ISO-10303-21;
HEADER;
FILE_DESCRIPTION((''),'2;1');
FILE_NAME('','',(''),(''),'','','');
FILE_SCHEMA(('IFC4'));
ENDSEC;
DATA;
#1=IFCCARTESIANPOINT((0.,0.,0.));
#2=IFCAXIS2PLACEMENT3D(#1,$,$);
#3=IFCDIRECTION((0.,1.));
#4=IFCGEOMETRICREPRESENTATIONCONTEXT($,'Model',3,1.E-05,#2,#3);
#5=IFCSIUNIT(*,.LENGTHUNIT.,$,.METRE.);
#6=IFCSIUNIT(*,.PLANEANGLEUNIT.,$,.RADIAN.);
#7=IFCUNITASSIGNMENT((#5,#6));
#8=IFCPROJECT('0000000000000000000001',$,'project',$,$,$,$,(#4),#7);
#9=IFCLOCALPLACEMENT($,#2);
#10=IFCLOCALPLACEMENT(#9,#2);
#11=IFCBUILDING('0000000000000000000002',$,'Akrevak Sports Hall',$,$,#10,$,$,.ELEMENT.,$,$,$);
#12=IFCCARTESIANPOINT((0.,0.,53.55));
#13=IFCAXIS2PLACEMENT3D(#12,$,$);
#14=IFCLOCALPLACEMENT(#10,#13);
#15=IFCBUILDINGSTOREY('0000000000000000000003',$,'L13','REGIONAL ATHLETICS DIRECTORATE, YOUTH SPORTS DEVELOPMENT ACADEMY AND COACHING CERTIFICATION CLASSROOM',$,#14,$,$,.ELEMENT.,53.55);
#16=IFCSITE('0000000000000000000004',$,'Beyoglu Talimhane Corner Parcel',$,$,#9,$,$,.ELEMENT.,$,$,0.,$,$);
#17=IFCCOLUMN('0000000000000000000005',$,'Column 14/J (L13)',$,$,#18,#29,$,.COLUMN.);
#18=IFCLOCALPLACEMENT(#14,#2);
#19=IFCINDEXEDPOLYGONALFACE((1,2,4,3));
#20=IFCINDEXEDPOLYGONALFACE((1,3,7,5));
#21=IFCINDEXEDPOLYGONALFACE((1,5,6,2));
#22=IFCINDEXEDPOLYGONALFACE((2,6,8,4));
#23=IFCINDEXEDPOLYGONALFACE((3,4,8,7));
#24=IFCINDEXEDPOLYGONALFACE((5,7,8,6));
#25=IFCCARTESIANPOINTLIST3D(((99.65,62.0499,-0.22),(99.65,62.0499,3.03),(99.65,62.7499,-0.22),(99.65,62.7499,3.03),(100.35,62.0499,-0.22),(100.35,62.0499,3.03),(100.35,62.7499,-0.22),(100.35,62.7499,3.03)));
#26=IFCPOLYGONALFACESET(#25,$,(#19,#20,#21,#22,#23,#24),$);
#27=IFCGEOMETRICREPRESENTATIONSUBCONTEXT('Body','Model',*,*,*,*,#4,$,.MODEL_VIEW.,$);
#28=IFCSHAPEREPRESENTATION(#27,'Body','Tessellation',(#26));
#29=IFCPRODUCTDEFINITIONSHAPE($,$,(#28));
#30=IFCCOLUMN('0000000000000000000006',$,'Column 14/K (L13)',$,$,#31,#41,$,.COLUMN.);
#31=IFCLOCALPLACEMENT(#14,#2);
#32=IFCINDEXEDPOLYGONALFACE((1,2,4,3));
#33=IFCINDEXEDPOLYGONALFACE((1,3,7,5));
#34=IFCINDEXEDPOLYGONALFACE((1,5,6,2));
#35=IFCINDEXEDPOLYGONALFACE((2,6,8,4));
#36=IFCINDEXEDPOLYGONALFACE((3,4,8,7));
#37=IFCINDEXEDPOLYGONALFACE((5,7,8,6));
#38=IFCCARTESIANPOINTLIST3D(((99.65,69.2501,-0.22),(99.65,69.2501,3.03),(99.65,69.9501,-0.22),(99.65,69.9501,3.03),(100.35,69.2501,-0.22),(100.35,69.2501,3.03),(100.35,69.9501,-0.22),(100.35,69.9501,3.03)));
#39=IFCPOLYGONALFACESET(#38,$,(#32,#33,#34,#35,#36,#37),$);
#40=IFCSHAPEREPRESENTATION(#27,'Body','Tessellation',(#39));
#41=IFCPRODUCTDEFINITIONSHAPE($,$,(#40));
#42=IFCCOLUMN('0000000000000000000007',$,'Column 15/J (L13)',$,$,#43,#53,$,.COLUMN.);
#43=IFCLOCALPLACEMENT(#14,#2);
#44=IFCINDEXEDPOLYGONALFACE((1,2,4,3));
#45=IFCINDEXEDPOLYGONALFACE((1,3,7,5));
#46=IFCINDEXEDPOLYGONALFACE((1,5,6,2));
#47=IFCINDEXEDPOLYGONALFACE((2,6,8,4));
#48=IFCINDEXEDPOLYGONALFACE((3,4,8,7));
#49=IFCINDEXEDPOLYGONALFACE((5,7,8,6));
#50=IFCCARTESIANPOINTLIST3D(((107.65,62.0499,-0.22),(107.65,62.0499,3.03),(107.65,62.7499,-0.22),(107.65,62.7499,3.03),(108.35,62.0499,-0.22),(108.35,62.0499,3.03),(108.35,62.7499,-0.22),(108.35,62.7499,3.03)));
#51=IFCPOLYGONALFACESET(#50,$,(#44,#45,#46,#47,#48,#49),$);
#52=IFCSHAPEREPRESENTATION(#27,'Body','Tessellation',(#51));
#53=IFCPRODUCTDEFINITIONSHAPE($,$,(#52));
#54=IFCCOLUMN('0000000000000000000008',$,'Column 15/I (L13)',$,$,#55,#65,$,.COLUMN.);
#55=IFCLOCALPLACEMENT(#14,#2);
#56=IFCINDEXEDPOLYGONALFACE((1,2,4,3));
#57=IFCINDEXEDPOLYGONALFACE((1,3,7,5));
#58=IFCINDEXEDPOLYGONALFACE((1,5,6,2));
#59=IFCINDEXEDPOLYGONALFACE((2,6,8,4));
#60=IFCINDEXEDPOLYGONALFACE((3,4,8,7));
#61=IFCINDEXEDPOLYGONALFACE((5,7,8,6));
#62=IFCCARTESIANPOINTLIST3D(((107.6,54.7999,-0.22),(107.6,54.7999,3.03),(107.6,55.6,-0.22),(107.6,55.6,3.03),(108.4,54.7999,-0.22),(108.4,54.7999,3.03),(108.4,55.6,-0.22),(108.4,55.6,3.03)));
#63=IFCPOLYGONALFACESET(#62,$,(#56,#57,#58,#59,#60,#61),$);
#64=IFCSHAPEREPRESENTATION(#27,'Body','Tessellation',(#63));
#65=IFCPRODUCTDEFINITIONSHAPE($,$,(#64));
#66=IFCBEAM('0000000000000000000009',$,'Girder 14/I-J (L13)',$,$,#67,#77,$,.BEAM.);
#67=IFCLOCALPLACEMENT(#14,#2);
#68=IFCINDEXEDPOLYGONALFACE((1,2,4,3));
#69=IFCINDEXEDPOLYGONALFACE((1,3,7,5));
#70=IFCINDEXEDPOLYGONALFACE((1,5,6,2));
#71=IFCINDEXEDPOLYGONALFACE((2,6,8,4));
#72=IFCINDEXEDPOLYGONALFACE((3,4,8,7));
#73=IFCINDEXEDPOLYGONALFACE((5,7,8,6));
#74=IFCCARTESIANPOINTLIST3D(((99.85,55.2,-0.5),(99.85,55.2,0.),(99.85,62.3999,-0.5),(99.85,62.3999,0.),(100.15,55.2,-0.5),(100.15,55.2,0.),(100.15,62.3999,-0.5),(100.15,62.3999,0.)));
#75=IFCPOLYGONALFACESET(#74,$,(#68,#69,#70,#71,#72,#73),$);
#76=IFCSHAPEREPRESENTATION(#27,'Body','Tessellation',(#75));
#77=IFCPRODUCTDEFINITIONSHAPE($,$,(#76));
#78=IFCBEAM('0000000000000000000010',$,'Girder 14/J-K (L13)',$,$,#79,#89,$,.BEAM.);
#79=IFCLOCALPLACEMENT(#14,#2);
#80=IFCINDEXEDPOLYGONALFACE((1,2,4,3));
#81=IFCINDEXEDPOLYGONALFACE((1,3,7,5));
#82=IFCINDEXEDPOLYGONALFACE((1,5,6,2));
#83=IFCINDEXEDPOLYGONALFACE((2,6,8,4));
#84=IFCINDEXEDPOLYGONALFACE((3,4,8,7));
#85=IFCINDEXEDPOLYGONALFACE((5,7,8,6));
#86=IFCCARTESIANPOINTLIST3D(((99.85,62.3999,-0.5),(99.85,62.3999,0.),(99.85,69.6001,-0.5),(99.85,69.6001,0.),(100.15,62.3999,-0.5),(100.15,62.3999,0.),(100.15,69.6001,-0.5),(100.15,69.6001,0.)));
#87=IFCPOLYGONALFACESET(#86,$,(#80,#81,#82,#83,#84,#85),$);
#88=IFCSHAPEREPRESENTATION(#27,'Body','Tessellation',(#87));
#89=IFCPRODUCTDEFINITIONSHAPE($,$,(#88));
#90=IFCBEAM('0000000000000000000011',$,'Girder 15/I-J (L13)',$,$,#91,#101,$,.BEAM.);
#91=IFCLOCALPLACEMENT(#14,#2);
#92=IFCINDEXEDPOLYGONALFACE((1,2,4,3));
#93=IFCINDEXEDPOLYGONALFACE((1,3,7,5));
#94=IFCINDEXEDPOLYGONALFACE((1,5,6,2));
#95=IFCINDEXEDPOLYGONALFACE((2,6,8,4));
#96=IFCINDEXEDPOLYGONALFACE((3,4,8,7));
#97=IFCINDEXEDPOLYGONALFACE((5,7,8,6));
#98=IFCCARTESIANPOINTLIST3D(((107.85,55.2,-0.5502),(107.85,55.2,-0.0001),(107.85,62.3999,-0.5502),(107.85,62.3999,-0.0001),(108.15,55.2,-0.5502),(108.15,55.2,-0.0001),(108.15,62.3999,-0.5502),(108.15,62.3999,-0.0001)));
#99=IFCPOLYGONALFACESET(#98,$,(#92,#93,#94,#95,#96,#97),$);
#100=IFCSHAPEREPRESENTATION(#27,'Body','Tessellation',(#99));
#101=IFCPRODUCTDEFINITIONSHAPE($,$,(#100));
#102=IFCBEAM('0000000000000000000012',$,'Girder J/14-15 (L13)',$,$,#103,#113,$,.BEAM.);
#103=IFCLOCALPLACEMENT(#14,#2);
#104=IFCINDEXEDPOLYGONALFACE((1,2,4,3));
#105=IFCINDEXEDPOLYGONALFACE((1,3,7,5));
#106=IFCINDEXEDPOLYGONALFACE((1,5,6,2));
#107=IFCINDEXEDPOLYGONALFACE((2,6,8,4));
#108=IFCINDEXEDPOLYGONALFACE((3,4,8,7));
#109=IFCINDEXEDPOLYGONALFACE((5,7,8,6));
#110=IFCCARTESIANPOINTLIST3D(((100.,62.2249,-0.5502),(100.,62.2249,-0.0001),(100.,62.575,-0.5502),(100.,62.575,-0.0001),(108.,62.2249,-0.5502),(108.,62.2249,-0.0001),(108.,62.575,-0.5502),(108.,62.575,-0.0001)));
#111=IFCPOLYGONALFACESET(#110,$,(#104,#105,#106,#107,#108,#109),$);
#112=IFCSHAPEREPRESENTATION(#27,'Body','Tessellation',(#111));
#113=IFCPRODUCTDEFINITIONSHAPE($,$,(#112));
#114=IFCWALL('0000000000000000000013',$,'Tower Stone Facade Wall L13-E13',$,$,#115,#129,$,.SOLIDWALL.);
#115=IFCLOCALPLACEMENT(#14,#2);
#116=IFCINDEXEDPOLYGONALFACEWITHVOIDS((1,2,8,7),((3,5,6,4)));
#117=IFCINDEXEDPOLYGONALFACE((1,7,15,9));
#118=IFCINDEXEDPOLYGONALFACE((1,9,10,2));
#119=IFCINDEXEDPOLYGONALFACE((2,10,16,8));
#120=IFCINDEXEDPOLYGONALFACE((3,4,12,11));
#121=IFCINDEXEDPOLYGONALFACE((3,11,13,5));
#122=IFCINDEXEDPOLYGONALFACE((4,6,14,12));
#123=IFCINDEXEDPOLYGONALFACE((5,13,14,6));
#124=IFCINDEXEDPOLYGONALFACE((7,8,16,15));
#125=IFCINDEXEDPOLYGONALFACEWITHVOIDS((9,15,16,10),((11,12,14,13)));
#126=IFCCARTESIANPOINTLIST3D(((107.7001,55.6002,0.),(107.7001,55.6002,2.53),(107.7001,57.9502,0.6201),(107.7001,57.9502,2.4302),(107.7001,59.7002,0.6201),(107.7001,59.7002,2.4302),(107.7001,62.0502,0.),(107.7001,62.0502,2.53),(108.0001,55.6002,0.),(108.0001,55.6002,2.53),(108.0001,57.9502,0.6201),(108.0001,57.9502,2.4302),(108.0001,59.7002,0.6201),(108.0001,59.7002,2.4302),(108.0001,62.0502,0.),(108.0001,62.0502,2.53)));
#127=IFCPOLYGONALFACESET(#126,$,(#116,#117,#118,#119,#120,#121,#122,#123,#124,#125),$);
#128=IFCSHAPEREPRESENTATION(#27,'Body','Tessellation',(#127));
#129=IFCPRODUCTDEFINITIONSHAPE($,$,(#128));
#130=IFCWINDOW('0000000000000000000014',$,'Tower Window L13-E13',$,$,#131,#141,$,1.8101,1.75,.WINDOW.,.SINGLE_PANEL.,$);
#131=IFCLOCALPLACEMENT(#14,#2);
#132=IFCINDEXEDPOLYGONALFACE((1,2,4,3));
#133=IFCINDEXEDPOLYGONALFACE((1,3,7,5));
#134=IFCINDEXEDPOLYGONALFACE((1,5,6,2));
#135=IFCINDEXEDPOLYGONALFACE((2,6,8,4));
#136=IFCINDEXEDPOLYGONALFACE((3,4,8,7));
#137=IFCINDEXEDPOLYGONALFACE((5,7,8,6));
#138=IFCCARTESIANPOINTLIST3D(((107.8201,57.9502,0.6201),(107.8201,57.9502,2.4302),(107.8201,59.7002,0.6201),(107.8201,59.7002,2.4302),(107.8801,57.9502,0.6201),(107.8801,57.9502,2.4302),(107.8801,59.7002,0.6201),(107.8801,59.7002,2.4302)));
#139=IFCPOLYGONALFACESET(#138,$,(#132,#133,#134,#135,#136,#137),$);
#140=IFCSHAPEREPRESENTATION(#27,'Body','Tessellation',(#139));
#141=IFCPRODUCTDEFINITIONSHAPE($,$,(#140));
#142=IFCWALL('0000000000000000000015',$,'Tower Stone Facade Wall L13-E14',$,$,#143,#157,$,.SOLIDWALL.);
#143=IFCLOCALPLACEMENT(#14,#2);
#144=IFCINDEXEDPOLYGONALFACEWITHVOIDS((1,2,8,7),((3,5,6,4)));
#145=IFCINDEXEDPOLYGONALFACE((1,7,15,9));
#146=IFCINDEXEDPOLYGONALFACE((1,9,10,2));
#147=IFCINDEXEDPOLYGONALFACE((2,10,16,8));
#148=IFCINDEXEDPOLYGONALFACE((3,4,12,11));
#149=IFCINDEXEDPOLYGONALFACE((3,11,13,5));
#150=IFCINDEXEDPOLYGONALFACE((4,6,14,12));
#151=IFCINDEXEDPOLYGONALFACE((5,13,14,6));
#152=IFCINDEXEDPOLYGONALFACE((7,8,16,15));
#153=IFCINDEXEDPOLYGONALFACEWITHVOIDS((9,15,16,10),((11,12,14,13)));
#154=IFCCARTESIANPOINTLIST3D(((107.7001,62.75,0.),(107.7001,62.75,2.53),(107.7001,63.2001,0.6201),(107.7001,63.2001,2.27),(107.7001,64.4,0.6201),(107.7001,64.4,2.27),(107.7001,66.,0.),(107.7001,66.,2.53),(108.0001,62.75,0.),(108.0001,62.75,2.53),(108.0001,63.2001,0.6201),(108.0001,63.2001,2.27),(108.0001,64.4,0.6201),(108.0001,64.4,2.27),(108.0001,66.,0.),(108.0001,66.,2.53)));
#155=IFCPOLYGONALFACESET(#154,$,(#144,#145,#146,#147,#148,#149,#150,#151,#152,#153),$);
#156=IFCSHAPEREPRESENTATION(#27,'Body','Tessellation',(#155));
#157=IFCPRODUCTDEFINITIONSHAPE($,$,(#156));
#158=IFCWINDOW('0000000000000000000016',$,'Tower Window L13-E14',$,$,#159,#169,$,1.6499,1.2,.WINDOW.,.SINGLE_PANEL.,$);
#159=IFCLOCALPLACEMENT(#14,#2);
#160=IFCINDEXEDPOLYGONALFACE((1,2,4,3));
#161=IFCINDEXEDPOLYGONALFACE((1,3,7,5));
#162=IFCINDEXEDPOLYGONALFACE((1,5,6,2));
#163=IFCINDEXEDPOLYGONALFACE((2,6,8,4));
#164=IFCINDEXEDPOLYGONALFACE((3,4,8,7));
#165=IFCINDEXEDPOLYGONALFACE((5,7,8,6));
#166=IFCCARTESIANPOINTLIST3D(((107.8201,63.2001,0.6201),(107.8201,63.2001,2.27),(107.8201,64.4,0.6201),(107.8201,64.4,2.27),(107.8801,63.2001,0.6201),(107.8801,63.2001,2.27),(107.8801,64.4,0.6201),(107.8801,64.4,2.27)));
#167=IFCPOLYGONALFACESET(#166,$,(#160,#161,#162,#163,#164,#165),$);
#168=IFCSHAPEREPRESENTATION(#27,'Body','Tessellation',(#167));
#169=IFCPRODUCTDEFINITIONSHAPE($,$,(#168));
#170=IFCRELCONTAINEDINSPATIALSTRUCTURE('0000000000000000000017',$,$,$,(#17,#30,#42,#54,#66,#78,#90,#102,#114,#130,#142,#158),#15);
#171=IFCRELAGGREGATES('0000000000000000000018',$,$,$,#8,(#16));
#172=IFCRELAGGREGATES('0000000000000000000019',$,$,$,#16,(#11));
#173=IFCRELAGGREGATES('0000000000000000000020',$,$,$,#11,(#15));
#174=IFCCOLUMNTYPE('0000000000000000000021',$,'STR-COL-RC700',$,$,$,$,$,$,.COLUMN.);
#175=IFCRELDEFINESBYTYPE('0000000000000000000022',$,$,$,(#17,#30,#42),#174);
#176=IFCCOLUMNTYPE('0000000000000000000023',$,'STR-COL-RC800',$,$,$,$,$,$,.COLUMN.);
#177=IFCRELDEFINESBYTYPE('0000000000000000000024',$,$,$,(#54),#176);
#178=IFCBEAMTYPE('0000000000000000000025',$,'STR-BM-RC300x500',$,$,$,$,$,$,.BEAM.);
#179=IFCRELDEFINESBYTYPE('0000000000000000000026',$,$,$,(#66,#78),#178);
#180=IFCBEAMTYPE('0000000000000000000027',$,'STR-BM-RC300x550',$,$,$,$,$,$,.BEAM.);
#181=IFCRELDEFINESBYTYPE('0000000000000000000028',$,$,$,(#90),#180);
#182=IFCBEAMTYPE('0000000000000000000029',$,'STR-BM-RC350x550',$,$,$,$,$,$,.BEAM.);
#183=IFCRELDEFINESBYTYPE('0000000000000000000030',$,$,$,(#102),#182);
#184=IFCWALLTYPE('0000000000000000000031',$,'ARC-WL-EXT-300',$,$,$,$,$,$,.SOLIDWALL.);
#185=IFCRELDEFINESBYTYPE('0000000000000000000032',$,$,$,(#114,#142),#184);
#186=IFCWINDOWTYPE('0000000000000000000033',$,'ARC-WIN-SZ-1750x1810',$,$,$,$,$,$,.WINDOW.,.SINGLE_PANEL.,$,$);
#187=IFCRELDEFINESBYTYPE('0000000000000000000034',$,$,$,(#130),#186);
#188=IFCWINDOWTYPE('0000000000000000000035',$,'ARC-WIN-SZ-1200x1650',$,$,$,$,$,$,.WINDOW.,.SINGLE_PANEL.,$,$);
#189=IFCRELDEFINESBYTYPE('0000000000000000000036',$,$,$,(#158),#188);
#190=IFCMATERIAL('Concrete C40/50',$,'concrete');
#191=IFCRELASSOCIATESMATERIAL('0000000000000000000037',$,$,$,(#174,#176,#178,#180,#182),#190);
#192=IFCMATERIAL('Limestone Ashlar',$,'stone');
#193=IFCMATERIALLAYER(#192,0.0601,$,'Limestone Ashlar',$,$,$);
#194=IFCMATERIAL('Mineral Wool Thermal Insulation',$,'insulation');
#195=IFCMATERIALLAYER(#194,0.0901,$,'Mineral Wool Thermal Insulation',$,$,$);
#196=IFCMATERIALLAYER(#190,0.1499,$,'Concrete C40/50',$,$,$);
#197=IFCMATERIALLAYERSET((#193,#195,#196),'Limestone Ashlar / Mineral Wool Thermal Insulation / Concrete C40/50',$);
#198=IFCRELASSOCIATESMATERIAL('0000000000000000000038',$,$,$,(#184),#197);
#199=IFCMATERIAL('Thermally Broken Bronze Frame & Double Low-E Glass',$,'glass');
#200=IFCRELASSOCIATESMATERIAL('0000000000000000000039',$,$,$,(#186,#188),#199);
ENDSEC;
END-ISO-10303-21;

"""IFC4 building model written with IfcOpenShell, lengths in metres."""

from ifc_helpers import new_model, si_unit, direction, frame, frame_2d, origin, origin_2d, place, context, subcontext, project, spatial, rectangle, extrude, material, layer, layer_set, material_profile, profile_set, type_object, element, fill, save


model = new_model("IFC4")

# Units and contexts
model_context = context("Model", 3, precision=1e-05, world=origin(), true_north=direction((0.0, 1.0)))
body_context = subcontext(model_context, "Body", "Model", "MODEL_VIEW")
ifc_project = project(units=[si_unit("LENGTHUNIT", "METRE"), si_unit("PLANEANGLEUNIT", "RADIAN")], contexts=[model_context])

# Site, building, storey
site_placement = place(None, origin())
site = spatial("IfcSite", under=ifc_project, at=site_placement, Name="Beyoglu Talimhane Corner Parcel", CompositionType="ELEMENT", RefElevation=0.0)
building_placement = place(site_placement, origin())
building = spatial("IfcBuilding", under=site, at=building_placement, Name="Akrevak Sports Hall", CompositionType="ELEMENT")
storey_placement = place(building_placement, frame((0.0, 0.0, 53.55)))
storey = spatial("IfcBuildingStorey", under=building, at=storey_placement, Name="L13", Description="REGIONAL ATHLETICS DIRECTORATE, YOUTH SPORTS DEVELOPMENT ACADEMY AND COACHING CERTIFICATION CLASSROOM", CompositionType="ELEMENT", Elevation=53.55)

# Columns
ifc_material_1 = material(Name="Concrete C40/50", Category="concrete")
ifc_material_profile_1 = material_profile(ifc_material_1, rectangle(XDim=0.7, YDim=0.7, at=origin_2d()), Name="RC 700x700", Category="concrete")
ifc_profile_set_1 = profile_set([ifc_material_profile_1], Name="Concrete C40/50")
column_type_1 = type_object("IfcColumnType", Name="STR-COL-RC700", PredefinedType="COLUMN", material=ifc_profile_set_1)
for number, where, z_axis, x_axis, name in (
    (1, (100.0, 62.3999, -0.22), (0.0, 0.0, 1.0), (1.0, 0.0, 0.0), "Column 14/J (L13)"),
    (2, (100.0, 69.6001, -0.22), (0.0, 0.0, 1.0), (1.0, 0.0, 0.0), "Column 14/K (L13)"),
    (3, (108.0, 62.3999, -0.22), (0.0, 0.0, 1.0), (1.0, 0.0, 0.0), "Column 15/J (L13)"),
):
    element("IfcColumn", number, at=place(storey_placement, frame(where, z_axis=z_axis, x_axis=x_axis)), inside=storey, type_object=column_type_1, Name=name, PredefinedType="COLUMN", context=body_context, shape_type="SweptSolid", body=[
        extrude(rectangle(XDim=0.7, YDim=0.7, at=origin_2d()), origin(), (0.0, 0.0, 1.0), 3.25),
    ])
ifc_material_profile_2 = material_profile(ifc_material_1, rectangle(XDim=0.8, YDim=0.8, at=origin_2d()), Name="RC 800x800", Category="concrete")
ifc_profile_set_2 = profile_set([ifc_material_profile_2], Name="Concrete C40/50")
column_type_2 = type_object("IfcColumnType", Name="STR-COL-RC800", PredefinedType="COLUMN", material=ifc_profile_set_2)
column_placement = place(storey_placement, frame((108.0, 55.2, -0.22), z_axis=(0.0, 0.0, 1.0), x_axis=(1.0, 0.0, 0.0)))
element("IfcColumn", 4, at=column_placement, inside=storey, type_object=column_type_2, Name="Column 15/I (L13)", PredefinedType="COLUMN", context=body_context, shape_type="SweptSolid", body=[
    extrude(rectangle(XDim=0.8, YDim=0.8, at=origin_2d()), origin(), (0.0, 0.0, 1.0), 3.25),
])

# Beams
ifc_material_profile_3 = material_profile(ifc_material_1, rectangle(XDim=0.3, YDim=0.5, at=origin_2d()), Name="BM 300x500", Category="concrete")
ifc_profile_set_3 = profile_set([ifc_material_profile_3], Name="Concrete C40/50")
beam_type_1 = type_object("IfcBeamType", Name="STR-BM-RC300x500", PredefinedType="BEAM", material=ifc_profile_set_3)
beam_1_placement = place(storey_placement, frame((100.0, 55.2, -0.25), z_axis=(0.0, 1.0, 0.0), x_axis=(-1.0, 0.0, 0.0)))
element("IfcBeam", 5, at=beam_1_placement, inside=storey, type_object=beam_type_1, Name="Girder 14/I-J (L13)", PredefinedType="BEAM", context=body_context, shape_type="SweptSolid", body=[
    extrude(rectangle(XDim=0.3, YDim=0.5, at=origin_2d()), origin(), (0.0, 0.0, 1.0), 7.2),
])
beam_2_placement = place(storey_placement, frame((100.0, 62.3999, -0.25), z_axis=(0.0, 1.0, 0.0), x_axis=(-1.0, 0.0, 0.0)))
element("IfcBeam", 6, at=beam_2_placement, inside=storey, type_object=beam_type_1, Name="Girder 14/J-K (L13)", PredefinedType="BEAM", context=body_context, shape_type="SweptSolid", body=[
    extrude(rectangle(XDim=0.3, YDim=0.5, at=origin_2d()), origin(), (0.0, 0.0, 1.0), 7.2002),
])
ifc_material_profile_4 = material_profile(ifc_material_1, rectangle(XDim=0.3, YDim=0.55, at=origin_2d()), Name="BM 300x550", Category="concrete")
ifc_profile_set_4 = profile_set([ifc_material_profile_4], Name="Concrete C40/50")
beam_type_2 = type_object("IfcBeamType", Name="STR-BM-RC300x550", PredefinedType="BEAM", material=ifc_profile_set_4)
beam_3_placement = place(storey_placement, frame((108.0, 55.2, -0.2751), z_axis=(0.0, 1.0, 0.0), x_axis=(-1.0, 0.0, 0.0)))
element("IfcBeam", 7, at=beam_3_placement, inside=storey, type_object=beam_type_2, Name="Girder 15/I-J (L13)", PredefinedType="BEAM", context=body_context, shape_type="SweptSolid", body=[
    extrude(rectangle(XDim=0.3, YDim=0.55, at=origin_2d()), origin(), (0.0, 0.0, 1.0), 7.2),
])
ifc_material_profile_5 = material_profile(ifc_material_1, rectangle(XDim=0.3501, YDim=0.55, at=origin_2d()), Name="BM 350x550", Category="concrete")
ifc_profile_set_5 = profile_set([ifc_material_profile_5], Name="Concrete C40/50")
beam_type_3 = type_object("IfcBeamType", Name="STR-BM-RC350x550", PredefinedType="BEAM", material=ifc_profile_set_5)
beam_4_placement = place(storey_placement, frame((100.0, 62.3999, -0.2751), z_axis=(1.0, 0.0, 0.0), x_axis=(0.0, 1.0, 0.0)))
element("IfcBeam", 8, at=beam_4_placement, inside=storey, type_object=beam_type_3, Name="Girder J/14-15 (L13)", PredefinedType="BEAM", context=body_context, shape_type="SweptSolid", body=[
    extrude(rectangle(XDim=0.3501, YDim=0.55, at=origin_2d()), origin(), (0.0, 0.0, 1.0), 8.0),
])

# Walls, openings, windows
ifc_material_2 = material(Name="Limestone Ashlar", Category="stone")
ifc_layer_1 = layer(ifc_material_2, 0.0601, Name="Limestone Ashlar")
ifc_material_3 = material(Name="Mineral Wool Thermal Insulation", Category="insulation")
ifc_layer_2 = layer(ifc_material_3, 0.0901, Name="Mineral Wool Thermal Insulation")
ifc_layer_3 = layer(ifc_material_1, 0.1499, Name="Concrete C40/50")
ifc_layer_set_1 = layer_set([ifc_layer_1, ifc_layer_2, ifc_layer_3], Name="Limestone Ashlar / Mineral Wool Thermal Insulation / Concrete C40/50")
wall_type_1 = type_object("IfcWallType", Name="ARC-WL-EXT-300", PredefinedType="SOLIDWALL", material=ifc_layer_set_1)
wall_1_placement = place(storey_placement, frame((107.8501, 55.6001, 0.0), z_axis=(0.0, 0.0, 1.0), x_axis=(0.0, 1.0, 0.0)))
wall_1 = element("IfcWall", 9, at=wall_1_placement, inside=storey, type_object=wall_type_1, Name="Tower Stone Facade Wall L13-E13", PredefinedType="SOLIDWALL", context=body_context, shape_type="SweptSolid", body=[
    extrude(rectangle(XDim=6.45, YDim=0.3, at=frame_2d((3.2251, 0.0))), origin(), (0.0, 0.0, 1.0), 2.53),
])
opening_1_placement = place(wall_1_placement, frame((2.3501, 0.0, 0.6201)))
opening_1 = element("IfcOpeningElement", 10, at=opening_1_placement, cuts=wall_1, PredefinedType="OPENING", context=body_context, shape_type="SweptSolid", body=[
    extrude(rectangle(XDim=1.75, YDim=1.8101, at=frame_2d((0.875, 0.905))), frame((0.0, 0.1621, 0.0), z_axis=(0.0, -1.0, 0.0), x_axis=(1.0, 0.0, 0.0)), (0.0, 0.0, 1.0), 0.324),
])
ifc_material_4 = material(Name="Thermally Broken Bronze Frame & Double Low-E Glass", Category="glass")
window_type_1 = type_object("IfcWindowType", Name="ARC-WIN-SZ-1750x1810", PartitioningType="SINGLE_PANEL", PredefinedType="WINDOW", material=ifc_material_4)
window_1_placement = place(opening_1_placement, origin())
window_1 = element("IfcWindow", 11, at=window_1_placement, inside=storey, type_object=window_type_1, Name="Tower Window L13-E13", OverallHeight=1.8101, OverallWidth=1.75, PartitioningType="SINGLE_PANEL", PredefinedType="WINDOW", context=body_context, shape_type="SweptSolid", body=[
    extrude(rectangle(XDim=1.75, YDim=1.8101, at=frame_2d((0.875, 0.905))), frame((0.0, 0.03, 0.0), z_axis=(0.0, -1.0, 0.0), x_axis=(1.0, 0.0, 0.0)), (0.0, 0.0, 1.0), 0.0601),
])
fill(opening_1, window_1)
wall_2_placement = place(storey_placement, frame((107.8501, 62.75, 0.0), z_axis=(0.0, 0.0, 1.0), x_axis=(0.0, 1.0, 0.0)))
wall_2 = element("IfcWall", 12, at=wall_2_placement, inside=storey, type_object=wall_type_1, Name="Tower Stone Facade Wall L13-E14", PredefinedType="SOLIDWALL", context=body_context, shape_type="SweptSolid", body=[
    extrude(rectangle(XDim=3.25, YDim=0.3, at=frame_2d((1.625, 0.0))), origin(), (0.0, 0.0, 1.0), 2.53),
])
opening_2_placement = place(wall_2_placement, frame((0.45, 0.0, 0.6201)))
opening_2 = element("IfcOpeningElement", 13, at=opening_2_placement, cuts=wall_2, PredefinedType="OPENING", context=body_context, shape_type="SweptSolid", body=[
    extrude(rectangle(XDim=1.2, YDim=1.6499, at=frame_2d((0.6001, 0.825))), frame((0.0, 0.1621, 0.0), z_axis=(0.0, -1.0, 0.0), x_axis=(1.0, 0.0, 0.0)), (0.0, 0.0, 1.0), 0.324),
])
window_type_2 = type_object("IfcWindowType", Name="ARC-WIN-SZ-1200x1650", PartitioningType="SINGLE_PANEL", PredefinedType="WINDOW", material=ifc_material_4)
window_2_placement = place(opening_2_placement, origin())
window_2 = element("IfcWindow", 14, at=window_2_placement, inside=storey, type_object=window_type_2, Name="Tower Window L13-E14", OverallHeight=1.6499, OverallWidth=1.2, PartitioningType="SINGLE_PANEL", PredefinedType="WINDOW", context=body_context, shape_type="SweptSolid", body=[
    extrude(rectangle(XDim=1.2, YDim=1.6499, at=frame_2d((0.6001, 0.825))), frame((0.0, 0.03, 0.0), z_axis=(0.0, -1.0, 0.0), x_axis=(1.0, 0.0, 0.0)), (0.0, 0.0, 1.0), 0.0601),
])
fill(opening_2, window_2)

save(model, "model.ifc")
